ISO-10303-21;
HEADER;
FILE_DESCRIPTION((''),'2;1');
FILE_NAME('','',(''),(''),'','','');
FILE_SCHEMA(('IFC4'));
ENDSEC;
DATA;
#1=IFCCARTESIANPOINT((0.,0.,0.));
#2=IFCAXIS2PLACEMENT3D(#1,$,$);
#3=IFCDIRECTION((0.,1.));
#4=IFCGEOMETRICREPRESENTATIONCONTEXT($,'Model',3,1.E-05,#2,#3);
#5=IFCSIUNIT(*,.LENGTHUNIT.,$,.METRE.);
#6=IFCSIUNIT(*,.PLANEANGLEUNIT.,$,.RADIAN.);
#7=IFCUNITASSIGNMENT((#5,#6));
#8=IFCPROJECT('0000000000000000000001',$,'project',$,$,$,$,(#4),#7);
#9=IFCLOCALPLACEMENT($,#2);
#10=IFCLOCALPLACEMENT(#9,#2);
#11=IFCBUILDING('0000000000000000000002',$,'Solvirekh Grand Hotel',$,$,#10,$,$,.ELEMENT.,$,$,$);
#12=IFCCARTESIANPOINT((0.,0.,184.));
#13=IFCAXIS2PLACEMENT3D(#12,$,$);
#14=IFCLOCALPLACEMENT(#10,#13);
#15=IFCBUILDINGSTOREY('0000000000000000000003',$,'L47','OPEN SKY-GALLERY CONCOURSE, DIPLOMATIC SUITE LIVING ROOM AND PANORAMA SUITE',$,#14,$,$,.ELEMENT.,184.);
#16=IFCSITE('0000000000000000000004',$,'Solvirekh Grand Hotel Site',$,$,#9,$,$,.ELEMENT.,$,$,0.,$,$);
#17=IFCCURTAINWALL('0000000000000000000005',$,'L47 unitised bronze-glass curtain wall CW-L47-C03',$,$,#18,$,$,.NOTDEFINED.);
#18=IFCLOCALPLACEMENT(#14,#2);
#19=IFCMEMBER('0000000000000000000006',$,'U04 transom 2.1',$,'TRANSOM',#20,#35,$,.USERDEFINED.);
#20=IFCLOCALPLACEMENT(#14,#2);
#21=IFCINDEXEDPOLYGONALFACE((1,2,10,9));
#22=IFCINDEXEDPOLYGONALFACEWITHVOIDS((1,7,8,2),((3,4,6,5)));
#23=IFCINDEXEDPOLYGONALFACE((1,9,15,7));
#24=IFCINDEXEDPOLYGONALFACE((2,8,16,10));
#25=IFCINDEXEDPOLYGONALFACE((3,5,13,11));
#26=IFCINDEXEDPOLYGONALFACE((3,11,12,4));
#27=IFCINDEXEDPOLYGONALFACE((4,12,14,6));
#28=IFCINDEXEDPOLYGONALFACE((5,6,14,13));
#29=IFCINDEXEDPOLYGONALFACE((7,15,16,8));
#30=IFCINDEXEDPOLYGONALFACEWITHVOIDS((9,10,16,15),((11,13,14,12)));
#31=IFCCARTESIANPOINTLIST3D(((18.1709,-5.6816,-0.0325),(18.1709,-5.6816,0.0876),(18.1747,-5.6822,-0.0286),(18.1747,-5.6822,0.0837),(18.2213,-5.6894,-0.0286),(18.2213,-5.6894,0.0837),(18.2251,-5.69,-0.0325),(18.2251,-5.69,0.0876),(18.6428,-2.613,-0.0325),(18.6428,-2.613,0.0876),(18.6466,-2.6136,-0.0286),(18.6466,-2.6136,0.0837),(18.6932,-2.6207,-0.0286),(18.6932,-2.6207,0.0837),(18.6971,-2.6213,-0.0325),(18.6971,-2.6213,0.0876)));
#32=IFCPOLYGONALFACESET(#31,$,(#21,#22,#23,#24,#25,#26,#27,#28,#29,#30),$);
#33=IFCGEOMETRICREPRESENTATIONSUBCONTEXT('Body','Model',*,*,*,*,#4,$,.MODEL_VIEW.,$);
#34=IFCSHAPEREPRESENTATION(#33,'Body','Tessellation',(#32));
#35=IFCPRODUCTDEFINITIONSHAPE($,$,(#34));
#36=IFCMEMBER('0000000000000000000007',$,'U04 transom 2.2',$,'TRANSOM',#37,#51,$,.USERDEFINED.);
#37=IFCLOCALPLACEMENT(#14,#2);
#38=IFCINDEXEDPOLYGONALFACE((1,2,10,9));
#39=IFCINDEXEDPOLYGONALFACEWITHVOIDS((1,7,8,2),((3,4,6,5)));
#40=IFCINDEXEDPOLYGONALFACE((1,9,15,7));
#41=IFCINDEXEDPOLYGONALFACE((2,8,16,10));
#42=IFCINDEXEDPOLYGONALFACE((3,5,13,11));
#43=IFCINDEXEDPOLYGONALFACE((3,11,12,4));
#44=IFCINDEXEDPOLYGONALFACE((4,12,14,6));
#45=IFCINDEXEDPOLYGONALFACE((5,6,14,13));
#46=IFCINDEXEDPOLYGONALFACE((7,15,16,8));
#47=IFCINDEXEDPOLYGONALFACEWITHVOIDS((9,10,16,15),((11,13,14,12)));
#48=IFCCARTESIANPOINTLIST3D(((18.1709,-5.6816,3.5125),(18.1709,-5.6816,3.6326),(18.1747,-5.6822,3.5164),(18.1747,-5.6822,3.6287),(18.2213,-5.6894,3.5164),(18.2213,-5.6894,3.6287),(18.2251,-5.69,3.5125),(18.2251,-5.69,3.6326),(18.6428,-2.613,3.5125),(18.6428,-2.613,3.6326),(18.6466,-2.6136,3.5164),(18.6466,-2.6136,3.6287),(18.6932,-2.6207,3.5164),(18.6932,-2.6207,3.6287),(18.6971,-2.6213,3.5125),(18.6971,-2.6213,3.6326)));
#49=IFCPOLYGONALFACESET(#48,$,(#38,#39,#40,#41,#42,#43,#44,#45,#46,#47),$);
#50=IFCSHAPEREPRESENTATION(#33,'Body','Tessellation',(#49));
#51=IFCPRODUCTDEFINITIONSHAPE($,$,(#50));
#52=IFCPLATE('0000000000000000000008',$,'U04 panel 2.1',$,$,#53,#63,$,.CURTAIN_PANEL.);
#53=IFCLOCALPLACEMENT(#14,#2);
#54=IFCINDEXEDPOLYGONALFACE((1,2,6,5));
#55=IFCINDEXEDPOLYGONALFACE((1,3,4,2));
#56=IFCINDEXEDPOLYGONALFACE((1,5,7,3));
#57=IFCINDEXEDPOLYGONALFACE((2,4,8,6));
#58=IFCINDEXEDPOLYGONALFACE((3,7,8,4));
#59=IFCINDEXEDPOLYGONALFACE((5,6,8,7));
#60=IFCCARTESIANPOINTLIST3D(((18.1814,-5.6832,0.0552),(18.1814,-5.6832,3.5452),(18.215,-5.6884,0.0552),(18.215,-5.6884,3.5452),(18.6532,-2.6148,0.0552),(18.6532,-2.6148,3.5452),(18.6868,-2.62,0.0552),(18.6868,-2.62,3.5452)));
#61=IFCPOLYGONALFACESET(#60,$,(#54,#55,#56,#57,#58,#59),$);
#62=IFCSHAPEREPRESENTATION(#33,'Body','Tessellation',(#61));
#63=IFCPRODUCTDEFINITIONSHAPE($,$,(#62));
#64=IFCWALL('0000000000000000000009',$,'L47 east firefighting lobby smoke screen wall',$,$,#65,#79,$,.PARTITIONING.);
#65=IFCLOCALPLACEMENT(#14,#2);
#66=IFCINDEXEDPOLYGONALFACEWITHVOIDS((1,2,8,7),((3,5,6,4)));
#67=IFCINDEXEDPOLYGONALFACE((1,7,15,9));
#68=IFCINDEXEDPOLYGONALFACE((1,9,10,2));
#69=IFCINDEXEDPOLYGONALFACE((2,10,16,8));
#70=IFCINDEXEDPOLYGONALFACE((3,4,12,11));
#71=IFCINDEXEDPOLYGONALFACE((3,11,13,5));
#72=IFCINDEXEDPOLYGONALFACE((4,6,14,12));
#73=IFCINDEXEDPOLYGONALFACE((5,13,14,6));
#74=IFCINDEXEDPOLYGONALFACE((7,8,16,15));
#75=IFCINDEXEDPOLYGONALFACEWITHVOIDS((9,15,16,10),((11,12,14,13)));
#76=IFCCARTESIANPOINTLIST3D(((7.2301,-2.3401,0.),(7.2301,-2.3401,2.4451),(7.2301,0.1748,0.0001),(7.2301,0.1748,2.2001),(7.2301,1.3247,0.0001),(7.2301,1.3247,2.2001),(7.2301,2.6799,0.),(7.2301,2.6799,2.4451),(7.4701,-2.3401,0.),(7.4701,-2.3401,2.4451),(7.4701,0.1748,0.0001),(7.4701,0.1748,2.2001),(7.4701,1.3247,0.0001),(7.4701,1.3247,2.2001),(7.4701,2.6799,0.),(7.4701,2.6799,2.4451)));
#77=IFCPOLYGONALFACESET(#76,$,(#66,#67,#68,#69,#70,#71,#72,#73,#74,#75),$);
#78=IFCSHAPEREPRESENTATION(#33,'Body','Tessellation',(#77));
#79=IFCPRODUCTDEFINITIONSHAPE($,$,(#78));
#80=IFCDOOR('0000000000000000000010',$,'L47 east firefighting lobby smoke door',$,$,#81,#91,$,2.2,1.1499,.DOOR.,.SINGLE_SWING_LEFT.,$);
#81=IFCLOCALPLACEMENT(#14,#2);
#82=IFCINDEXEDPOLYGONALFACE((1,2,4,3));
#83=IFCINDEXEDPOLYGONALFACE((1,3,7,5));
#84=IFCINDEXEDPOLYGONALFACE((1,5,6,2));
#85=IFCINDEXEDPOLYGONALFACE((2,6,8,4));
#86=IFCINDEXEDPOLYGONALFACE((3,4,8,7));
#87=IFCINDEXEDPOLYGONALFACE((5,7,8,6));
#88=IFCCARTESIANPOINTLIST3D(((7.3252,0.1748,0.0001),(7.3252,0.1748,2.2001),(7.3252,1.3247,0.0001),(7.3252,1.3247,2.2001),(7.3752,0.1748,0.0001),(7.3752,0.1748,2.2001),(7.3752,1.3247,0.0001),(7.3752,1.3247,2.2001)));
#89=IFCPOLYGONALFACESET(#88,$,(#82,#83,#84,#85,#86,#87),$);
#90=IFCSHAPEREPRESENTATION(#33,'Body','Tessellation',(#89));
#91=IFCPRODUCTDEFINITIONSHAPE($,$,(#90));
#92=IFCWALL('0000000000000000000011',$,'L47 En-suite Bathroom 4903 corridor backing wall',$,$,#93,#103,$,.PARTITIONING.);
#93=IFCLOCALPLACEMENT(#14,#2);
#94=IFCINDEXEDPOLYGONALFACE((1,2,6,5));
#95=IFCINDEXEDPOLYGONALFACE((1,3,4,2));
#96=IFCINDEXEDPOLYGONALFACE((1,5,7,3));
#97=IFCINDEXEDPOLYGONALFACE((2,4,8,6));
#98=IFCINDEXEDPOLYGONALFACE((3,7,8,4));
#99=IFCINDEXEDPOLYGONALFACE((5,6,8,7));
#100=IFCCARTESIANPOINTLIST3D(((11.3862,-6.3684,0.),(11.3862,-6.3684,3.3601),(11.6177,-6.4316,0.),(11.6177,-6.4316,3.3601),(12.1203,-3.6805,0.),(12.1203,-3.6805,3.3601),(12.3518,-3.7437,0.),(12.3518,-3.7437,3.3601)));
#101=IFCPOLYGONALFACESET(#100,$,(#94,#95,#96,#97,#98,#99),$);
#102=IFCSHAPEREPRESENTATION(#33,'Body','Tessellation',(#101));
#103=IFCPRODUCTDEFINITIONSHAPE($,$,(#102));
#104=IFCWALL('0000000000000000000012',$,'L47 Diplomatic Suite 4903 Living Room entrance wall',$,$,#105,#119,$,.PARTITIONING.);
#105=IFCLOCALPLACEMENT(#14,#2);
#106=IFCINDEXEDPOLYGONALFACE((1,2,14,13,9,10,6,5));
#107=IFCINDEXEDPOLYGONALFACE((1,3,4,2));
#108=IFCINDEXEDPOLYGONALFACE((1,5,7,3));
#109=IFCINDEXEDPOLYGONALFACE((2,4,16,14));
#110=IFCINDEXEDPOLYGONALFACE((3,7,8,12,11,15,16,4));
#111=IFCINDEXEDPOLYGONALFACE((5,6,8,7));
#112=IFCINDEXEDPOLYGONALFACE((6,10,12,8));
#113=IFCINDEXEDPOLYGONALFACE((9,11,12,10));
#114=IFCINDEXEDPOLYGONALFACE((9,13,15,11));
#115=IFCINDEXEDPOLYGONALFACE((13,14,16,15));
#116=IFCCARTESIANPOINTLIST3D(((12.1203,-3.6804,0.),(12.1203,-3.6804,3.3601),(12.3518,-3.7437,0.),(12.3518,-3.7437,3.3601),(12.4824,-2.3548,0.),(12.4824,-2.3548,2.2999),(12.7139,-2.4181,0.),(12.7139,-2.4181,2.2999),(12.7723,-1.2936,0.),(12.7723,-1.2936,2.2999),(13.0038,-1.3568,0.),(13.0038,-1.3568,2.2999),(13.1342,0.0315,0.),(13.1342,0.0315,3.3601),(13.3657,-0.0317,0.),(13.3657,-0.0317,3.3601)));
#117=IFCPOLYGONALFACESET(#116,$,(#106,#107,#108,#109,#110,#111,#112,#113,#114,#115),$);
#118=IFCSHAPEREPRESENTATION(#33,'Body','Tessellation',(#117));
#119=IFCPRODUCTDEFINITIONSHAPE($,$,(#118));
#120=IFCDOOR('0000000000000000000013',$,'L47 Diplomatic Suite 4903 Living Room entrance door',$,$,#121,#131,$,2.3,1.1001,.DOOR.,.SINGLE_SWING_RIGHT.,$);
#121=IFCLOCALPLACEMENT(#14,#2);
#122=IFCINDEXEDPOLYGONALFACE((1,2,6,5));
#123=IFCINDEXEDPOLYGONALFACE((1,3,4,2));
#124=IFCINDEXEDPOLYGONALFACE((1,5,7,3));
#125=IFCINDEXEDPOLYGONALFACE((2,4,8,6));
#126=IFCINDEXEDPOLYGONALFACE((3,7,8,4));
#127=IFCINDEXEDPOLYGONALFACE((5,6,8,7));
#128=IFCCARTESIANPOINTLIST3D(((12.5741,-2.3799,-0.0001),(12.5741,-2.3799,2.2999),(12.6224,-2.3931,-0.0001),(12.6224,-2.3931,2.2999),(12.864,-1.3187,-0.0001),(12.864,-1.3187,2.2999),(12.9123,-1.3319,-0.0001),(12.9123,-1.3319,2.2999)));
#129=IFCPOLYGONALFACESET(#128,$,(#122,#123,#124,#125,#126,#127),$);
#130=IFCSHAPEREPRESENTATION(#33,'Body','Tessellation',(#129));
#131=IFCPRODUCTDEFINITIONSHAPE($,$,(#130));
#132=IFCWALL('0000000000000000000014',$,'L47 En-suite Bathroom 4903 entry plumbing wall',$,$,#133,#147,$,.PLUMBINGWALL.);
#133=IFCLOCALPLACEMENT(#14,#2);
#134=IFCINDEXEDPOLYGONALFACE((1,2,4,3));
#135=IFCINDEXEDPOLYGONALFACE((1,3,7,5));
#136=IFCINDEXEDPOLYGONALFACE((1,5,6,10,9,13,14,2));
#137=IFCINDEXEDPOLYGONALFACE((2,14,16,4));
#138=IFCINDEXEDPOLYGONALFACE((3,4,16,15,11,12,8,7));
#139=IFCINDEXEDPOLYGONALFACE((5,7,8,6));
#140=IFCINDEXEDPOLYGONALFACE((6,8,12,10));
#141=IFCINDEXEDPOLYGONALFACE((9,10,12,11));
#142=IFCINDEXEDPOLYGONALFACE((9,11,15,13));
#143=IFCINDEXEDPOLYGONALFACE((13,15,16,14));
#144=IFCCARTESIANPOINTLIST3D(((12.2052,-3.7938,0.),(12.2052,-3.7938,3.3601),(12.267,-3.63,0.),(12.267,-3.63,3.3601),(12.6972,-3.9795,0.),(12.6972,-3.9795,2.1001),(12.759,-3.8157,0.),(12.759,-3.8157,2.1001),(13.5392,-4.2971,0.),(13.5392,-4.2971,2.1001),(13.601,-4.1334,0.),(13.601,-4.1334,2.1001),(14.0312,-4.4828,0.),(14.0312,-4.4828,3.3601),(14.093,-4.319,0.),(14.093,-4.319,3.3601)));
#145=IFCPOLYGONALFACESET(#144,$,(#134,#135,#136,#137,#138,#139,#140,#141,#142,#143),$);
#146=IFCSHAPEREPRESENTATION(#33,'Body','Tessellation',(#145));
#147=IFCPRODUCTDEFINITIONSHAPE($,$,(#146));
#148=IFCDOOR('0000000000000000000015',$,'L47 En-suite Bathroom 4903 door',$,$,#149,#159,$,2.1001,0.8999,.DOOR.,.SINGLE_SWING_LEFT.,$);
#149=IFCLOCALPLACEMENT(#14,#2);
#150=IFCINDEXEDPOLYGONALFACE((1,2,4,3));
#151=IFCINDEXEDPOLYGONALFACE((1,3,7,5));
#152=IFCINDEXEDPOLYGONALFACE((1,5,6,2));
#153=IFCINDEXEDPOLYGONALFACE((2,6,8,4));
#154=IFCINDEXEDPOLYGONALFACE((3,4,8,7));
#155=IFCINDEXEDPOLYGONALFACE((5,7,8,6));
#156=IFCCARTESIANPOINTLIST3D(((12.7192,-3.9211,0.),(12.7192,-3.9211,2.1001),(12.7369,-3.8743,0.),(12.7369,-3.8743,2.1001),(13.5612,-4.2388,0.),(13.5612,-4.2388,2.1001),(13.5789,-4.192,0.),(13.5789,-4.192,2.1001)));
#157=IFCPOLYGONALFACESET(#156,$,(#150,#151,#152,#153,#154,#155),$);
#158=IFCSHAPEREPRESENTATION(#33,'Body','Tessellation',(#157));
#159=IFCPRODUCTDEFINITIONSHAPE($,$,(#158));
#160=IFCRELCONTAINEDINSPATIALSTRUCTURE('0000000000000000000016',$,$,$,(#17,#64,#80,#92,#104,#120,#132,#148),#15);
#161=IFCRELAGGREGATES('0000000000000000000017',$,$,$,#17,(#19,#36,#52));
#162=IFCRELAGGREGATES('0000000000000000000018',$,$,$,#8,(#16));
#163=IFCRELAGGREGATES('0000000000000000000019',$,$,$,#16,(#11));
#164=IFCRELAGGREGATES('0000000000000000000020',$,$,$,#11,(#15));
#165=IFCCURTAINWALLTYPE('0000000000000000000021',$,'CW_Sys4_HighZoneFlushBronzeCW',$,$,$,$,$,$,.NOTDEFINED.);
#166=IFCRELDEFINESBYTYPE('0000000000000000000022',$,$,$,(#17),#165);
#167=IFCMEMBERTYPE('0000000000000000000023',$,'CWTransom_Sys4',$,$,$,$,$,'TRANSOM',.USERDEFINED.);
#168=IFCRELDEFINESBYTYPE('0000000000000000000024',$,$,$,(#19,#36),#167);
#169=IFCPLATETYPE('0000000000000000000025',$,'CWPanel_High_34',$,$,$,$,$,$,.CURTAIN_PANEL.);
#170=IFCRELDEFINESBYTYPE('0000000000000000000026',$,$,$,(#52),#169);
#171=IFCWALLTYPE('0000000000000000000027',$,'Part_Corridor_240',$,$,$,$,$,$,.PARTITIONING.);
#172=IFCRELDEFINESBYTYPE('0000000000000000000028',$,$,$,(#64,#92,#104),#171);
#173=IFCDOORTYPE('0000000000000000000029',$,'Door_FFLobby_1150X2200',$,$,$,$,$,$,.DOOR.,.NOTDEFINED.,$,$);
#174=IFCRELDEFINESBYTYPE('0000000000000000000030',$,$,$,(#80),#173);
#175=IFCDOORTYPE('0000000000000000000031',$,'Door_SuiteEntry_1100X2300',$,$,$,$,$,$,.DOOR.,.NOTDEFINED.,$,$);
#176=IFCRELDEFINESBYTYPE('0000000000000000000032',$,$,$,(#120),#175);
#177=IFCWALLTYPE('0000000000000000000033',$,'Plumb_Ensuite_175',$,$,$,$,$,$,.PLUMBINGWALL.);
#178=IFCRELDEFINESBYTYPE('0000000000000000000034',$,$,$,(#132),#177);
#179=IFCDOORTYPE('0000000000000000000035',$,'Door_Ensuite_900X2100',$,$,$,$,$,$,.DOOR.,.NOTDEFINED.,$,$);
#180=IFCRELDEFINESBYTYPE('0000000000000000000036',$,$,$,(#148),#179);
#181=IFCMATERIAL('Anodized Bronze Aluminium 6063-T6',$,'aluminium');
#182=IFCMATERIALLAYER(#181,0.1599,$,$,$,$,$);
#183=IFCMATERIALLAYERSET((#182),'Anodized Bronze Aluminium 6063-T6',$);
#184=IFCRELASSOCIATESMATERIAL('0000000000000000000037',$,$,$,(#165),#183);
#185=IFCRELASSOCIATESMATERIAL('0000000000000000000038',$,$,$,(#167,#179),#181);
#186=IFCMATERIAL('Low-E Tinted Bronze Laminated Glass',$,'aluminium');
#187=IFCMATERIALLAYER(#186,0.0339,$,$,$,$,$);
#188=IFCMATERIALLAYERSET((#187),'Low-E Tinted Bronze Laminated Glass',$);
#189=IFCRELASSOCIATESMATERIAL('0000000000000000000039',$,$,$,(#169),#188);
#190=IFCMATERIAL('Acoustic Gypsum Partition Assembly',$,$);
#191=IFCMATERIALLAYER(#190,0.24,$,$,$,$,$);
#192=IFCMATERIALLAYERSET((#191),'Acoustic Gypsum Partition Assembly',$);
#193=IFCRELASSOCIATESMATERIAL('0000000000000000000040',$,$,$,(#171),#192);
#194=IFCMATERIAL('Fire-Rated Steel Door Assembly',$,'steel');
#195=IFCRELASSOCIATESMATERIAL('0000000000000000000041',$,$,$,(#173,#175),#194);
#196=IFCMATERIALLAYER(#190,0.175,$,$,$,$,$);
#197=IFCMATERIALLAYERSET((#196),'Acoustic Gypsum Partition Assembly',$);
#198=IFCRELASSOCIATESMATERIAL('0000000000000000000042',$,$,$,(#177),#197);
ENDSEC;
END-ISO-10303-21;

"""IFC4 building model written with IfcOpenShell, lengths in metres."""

from ifc_helpers import new_model, si_unit, direction, frame, frame_2d, origin, origin_2d, place, context, subcontext, project, spatial, rectangle, hollow_rectangle, extrude, source, transform, mapped, material, layer, layer_set, material_profile, profile_set, type_object, element, fill, aggregate, save


model = new_model("IFC4")

# Units and contexts
model_context = context("Model", 3, precision=1e-05, world=origin(), true_north=direction((0.0, 1.0)))
body_context = subcontext(model_context, "Body", "Model", "MODEL_VIEW")
ifc_project = project(units=[si_unit("LENGTHUNIT", "METRE"), si_unit("PLANEANGLEUNIT", "RADIAN")], contexts=[model_context])

# Site, building, storey
site_placement = place(None, origin())
site = spatial("IfcSite", under=ifc_project, at=site_placement, Name="Solvirekh Grand Hotel Site", CompositionType="ELEMENT", RefElevation=0.0)
building_placement = place(site_placement, origin())
building = spatial("IfcBuilding", under=site, at=building_placement, Name="Solvirekh Grand Hotel", CompositionType="ELEMENT")
storey_placement = place(building_placement, frame((0.0, 0.0, 184.0)))
storey = spatial("IfcBuildingStorey", under=building, at=storey_placement, Name="L47", Description="OPEN SKY-GALLERY CONCOURSE, DIPLOMATIC SUITE LIVING ROOM AND PANORAMA SUITE", CompositionType="ELEMENT", Elevation=184.0)

# Curtain wall, members, plate
ifc_material_1 = material(Name="Anodized Bronze Aluminium 6063-T6", Category="aluminium")
ifc_layer_1 = layer(ifc_material_1, 0.1599)
ifc_layer_set_1 = layer_set([ifc_layer_1], Name="Anodized Bronze Aluminium 6063-T6")
curtain_wall_type = type_object("IfcCurtainWallType", Name="CW_Sys4_HighZoneFlushBronzeCW", PredefinedType="NOTDEFINED", material=ifc_layer_set_1)
curtain_wall_placement = place(storey_placement, origin())
curtain_wall = element("IfcCurtainWall", 1, at=curtain_wall_placement, inside=storey, type_object=curtain_wall_type, Name="L47 unitised bronze-glass curtain wall CW-L47-C03", PredefinedType="NOTDEFINED")
ifc_material_profile_1 = material_profile(ifc_material_1, hollow_rectangle(XDim=0.0549, YDim=0.1201, WallThickness=0.0039, at=origin_2d()), Name="ALU RHS 120X55X4")
ifc_profile_set_1 = profile_set([ifc_material_profile_1], Name="Anodized Bronze Aluminium 6063-T6")
member_type_1 = type_object("IfcMemberType", Name="CWTransom_Sys4", ElementType="TRANSOM", PredefinedType="USERDEFINED", material=ifc_profile_set_1)
shared_shape_1 = source(origin(), body_context, "Body", "SweptSolid", [
    extrude(hollow_rectangle(XDim=0.0549, YDim=0.1201, WallThickness=0.0039, at=origin_2d()), origin(), (0.0, 0.0, 1.0), 3.1047),
])
member_1_placement = place(storey_placement, frame((18.198, -5.6858, 0.0276), z_axis=(0.152004, 0.98838, 0.0), x_axis=(-0.98838, 0.152004, 0.0)))
member_1 = element("IfcMember", 2, at=member_1_placement, type_object=member_type_1, Name="U04 transom 2.1", ObjectType="TRANSOM", PredefinedType="USERDEFINED", context=body_context, shape_type="MappedRepresentation", body=[
    mapped(shared_shape_1, transform((0.0, 0.0, 0.0), x_axis=(1.0, 0.0, 0.0), y_axis=(0.0, 1.0, 0.0), z_axis=(0.0, 0.0, 1.0), scale=1.0)),
])
member_2_placement = place(storey_placement, frame((18.198, -5.6858, 3.5725), z_axis=(0.152004, 0.98838, 0.0), x_axis=(-0.98838, 0.152004, 0.0)))
member_2 = element("IfcMember", 3, at=member_2_placement, type_object=member_type_1, Name="U04 transom 2.2", ObjectType="TRANSOM", PredefinedType="USERDEFINED", context=body_context, shape_type="MappedRepresentation", body=[
    mapped(shared_shape_1, transform((0.0, 0.0, 0.0), x_axis=(1.0, 0.0, 0.0), y_axis=(0.0, 1.0, 0.0), z_axis=(0.0, 0.0, 1.0), scale=1.0)),
])
ifc_material_2 = material(Name="Low-E Tinted Bronze Laminated Glass", Category="aluminium")
ifc_layer_2 = layer(ifc_material_2, 0.0339)
ifc_layer_set_2 = layer_set([ifc_layer_2], Name="Low-E Tinted Bronze Laminated Glass")
plate_type = type_object("IfcPlateType", Name="CWPanel_High_34", PredefinedType="CURTAIN_PANEL", material=ifc_layer_set_2)
shared_shape_2 = source(origin(), body_context, "Body", "SweptSolid", [
    extrude(rectangle(XDim=3.1045, YDim=0.0339, at=origin_2d()), origin(), (0.0, 0.0, 1.0), 3.49),
])
plate_placement = place(storey_placement, frame((18.4341, -4.1516, 0.0552), z_axis=(0.0, 0.0, 1.0), x_axis=(0.151975, 0.988384, 0.0)))
plate = element("IfcPlate", 4, at=plate_placement, type_object=plate_type, Name="U04 panel 2.1", PredefinedType="CURTAIN_PANEL", context=body_context, shape_type="MappedRepresentation", body=[
    mapped(shared_shape_2, transform((0.0, 0.0, 0.0), x_axis=(1.0, 0.0, 0.0), y_axis=(0.0, 1.0, 0.0), z_axis=(0.0, 0.0, 1.0), scale=1.0)),
])
aggregate(curtain_wall, [member_1, member_2, plate])

# Wall, opening, door
ifc_material_3 = material(Name="Acoustic Gypsum Partition Assembly")
ifc_layer_3 = layer(ifc_material_3, 0.24)
ifc_layer_set_3 = layer_set([ifc_layer_3], Name="Acoustic Gypsum Partition Assembly")
wall_type_1 = type_object("IfcWallType", Name="Part_Corridor_240", PredefinedType="PARTITIONING", material=ifc_layer_set_3)
wall_1_placement = place(storey_placement, frame((7.3501, -2.3401, 0.0), z_axis=(0.0, 0.0, 1.0), x_axis=(0.0, 1.0, 0.0)))
wall_1 = element("IfcWall", 5, at=wall_1_placement, inside=storey, type_object=wall_type_1, Name="L47 east firefighting lobby smoke screen wall", PredefinedType="PARTITIONING", context=body_context, shape_type="SweptSolid", body=[
    extrude(rectangle(XDim=5.02, YDim=0.24, at=frame_2d((2.51, 0.0))), origin(), (0.0, 0.0, 1.0), 2.4451),
])
opening_1_placement = place(wall_1_placement, frame((2.5149, 0.0, 0.0)))
opening_1 = element("IfcOpeningElement", 6, at=opening_1_placement, cuts=wall_1, PredefinedType="OPENING", context=body_context, shape_type="SweptSolid", body=[
    extrude(rectangle(XDim=1.1499, YDim=2.2, at=frame_2d((0.575, 1.1001))), frame((0.0, 0.1299, 0.0), z_axis=(0.0, -1.0, 0.0), x_axis=(1.0, 0.0, 0.0)), (0.0, 0.0, 1.0), 0.26),
])
ifc_material_4 = material(Name="Fire-Rated Steel Door Assembly", Category="steel")
door_type_1 = type_object("IfcDoorType", Name="Door_FFLobby_1150X2200", OperationType="NOTDEFINED", PredefinedType="DOOR", material=ifc_material_4)
door_1_placement = place(opening_1_placement, origin())
door_1 = element("IfcDoor", 7, at=door_1_placement, inside=storey, type_object=door_type_1, Name="L47 east firefighting lobby smoke door", OperationType="SINGLE_SWING_LEFT", OverallHeight=2.2, OverallWidth=1.1499, PredefinedType="DOOR", context=body_context, shape_type="SweptSolid", body=[
    extrude(rectangle(XDim=1.1499, YDim=2.2, at=frame_2d((0.575, 1.1001))), frame((0.0, 0.0249, 0.0), z_axis=(0.0, -1.0, 0.0), x_axis=(1.0, 0.0, 0.0)), (0.0, 0.0, 1.0), 0.05),
])
fill(opening_1, door_1)

# Wall
wall_2_placement = place(storey_placement, frame((11.502, -6.3999, 0.0), z_axis=(0.0, 0.0, 1.0), x_axis=(0.263466, 0.964669, 0.0)))
element("IfcWall", 8, at=wall_2_placement, inside=storey, type_object=wall_type_1, Name="L47 En-suite Bathroom 4903 corridor backing wall", PredefinedType="PARTITIONING", context=body_context, shape_type="SweptSolid", body=[
    extrude(rectangle(XDim=2.7864, YDim=0.24, at=frame_2d((1.3931, 0.0))), origin(), (0.0, 0.0, 1.0), 3.3601),
])

# Walls, openings, doors
wall_3_placement = place(storey_placement, frame((12.2361, -3.7119, 0.0), z_axis=(0.0, 0.0, 1.0), x_axis=(0.263499, 0.96466, 0.0)))
wall_3 = element("IfcWall", 9, at=wall_3_placement, inside=storey, type_object=wall_type_1, Name="L47 Diplomatic Suite 4903 Living Room entrance wall", PredefinedType="PARTITIONING", context=body_context, shape_type="SweptSolid", body=[
    extrude(rectangle(XDim=3.8479, YDim=0.24, at=frame_2d((1.9238, 0.0))), origin(), (0.0, 0.0, 1.0), 3.3601),
])
opening_2_placement = place(wall_3_placement, frame((1.374, 0.0, 0.0)))
opening_2 = element("IfcOpeningElement", 10, at=opening_2_placement, cuts=wall_3, PredefinedType="OPENING", context=body_context, shape_type="SweptSolid", body=[
    extrude(rectangle(XDim=1.1001, YDim=2.3, at=frame_2d((0.55, 1.1499))), frame((0.0, 0.1299, 0.0), z_axis=(0.0, -1.0, 0.0), x_axis=(1.0, 0.0, 0.0)), (0.0, 0.0, 1.0), 0.26),
])
door_type_2 = type_object("IfcDoorType", Name="Door_SuiteEntry_1100X2300", OperationType="NOTDEFINED", PredefinedType="DOOR", material=ifc_material_4)
door_2_placement = place(opening_2_placement, origin())
door_2 = element("IfcDoor", 11, at=door_2_placement, inside=storey, type_object=door_type_2, Name="L47 Diplomatic Suite 4903 Living Room entrance door", OperationType="SINGLE_SWING_RIGHT", OverallHeight=2.3, OverallWidth=1.1001, PredefinedType="DOOR", context=body_context, shape_type="SweptSolid", body=[
    extrude(rectangle(XDim=1.1001, YDim=2.3, at=frame_2d((0.55, 1.1499))), frame((0.0, 0.0249, 0.0), z_axis=(0.0, -1.0, 0.0), x_axis=(1.0, 0.0, 0.0)), (0.0, 0.0, 1.0), 0.05),
])
fill(opening_2, door_2)
ifc_layer_4 = layer(ifc_material_3, 0.175)
ifc_layer_set_4 = layer_set([ifc_layer_4], Name="Acoustic Gypsum Partition Assembly")
wall_type_2 = type_object("IfcWallType", Name="Plumb_Ensuite_175", PredefinedType="PLUMBINGWALL", material=ifc_layer_set_4)
wall_4_placement = place(storey_placement, frame((12.2361, -3.7119, 0.0), z_axis=(0.0, 0.0, 1.0), x_axis=(0.935613, -0.353028, 0.0)))
wall_4 = element("IfcWall", 12, at=wall_4_placement, inside=storey, type_object=wall_type_2, Name="L47 En-suite Bathroom 4903 entry plumbing wall", PredefinedType="PLUMBINGWALL", context=body_context, shape_type="SweptSolid", body=[
    extrude(rectangle(XDim=1.9517, YDim=0.175, at=frame_2d((0.9758, 0.0))), origin(), (0.0, 0.0, 1.0), 3.3601),
])
opening_3_placement = place(wall_4_placement, frame((0.5259, 0.0, 0.0)))
opening_3 = element("IfcOpeningElement", 13, at=opening_3_placement, cuts=wall_4, PredefinedType="OPENING", context=body_context, shape_type="SweptSolid", body=[
    extrude(rectangle(XDim=0.8999, YDim=2.1001, at=frame_2d((0.45, 1.05))), frame((0.0, 0.0977, 0.0), z_axis=(0.0, -1.0, 0.0), x_axis=(1.0, 0.0, 0.0)), (0.0, 0.0, 1.0), 0.1951),
])
door_type_3 = type_object("IfcDoorType", Name="Door_Ensuite_900X2100", OperationType="NOTDEFINED", PredefinedType="DOOR", material=ifc_material_1)
door_3_placement = place(opening_3_placement, origin())
door_3 = element("IfcDoor", 14, at=door_3_placement, inside=storey, type_object=door_type_3, Name="L47 En-suite Bathroom 4903 door", OperationType="SINGLE_SWING_LEFT", OverallHeight=2.1001, OverallWidth=0.8999, PredefinedType="DOOR", context=body_context, shape_type="SweptSolid", body=[
    extrude(rectangle(XDim=0.8999, YDim=2.1001, at=frame_2d((0.45, 1.05))), frame((0.0, 0.0249, 0.0), z_axis=(0.0, -1.0, 0.0), x_axis=(1.0, 0.0, 0.0)), (0.0, 0.0, 1.0), 0.05),
])
fill(opening_3, door_3)

save(model, "model.ifc")
